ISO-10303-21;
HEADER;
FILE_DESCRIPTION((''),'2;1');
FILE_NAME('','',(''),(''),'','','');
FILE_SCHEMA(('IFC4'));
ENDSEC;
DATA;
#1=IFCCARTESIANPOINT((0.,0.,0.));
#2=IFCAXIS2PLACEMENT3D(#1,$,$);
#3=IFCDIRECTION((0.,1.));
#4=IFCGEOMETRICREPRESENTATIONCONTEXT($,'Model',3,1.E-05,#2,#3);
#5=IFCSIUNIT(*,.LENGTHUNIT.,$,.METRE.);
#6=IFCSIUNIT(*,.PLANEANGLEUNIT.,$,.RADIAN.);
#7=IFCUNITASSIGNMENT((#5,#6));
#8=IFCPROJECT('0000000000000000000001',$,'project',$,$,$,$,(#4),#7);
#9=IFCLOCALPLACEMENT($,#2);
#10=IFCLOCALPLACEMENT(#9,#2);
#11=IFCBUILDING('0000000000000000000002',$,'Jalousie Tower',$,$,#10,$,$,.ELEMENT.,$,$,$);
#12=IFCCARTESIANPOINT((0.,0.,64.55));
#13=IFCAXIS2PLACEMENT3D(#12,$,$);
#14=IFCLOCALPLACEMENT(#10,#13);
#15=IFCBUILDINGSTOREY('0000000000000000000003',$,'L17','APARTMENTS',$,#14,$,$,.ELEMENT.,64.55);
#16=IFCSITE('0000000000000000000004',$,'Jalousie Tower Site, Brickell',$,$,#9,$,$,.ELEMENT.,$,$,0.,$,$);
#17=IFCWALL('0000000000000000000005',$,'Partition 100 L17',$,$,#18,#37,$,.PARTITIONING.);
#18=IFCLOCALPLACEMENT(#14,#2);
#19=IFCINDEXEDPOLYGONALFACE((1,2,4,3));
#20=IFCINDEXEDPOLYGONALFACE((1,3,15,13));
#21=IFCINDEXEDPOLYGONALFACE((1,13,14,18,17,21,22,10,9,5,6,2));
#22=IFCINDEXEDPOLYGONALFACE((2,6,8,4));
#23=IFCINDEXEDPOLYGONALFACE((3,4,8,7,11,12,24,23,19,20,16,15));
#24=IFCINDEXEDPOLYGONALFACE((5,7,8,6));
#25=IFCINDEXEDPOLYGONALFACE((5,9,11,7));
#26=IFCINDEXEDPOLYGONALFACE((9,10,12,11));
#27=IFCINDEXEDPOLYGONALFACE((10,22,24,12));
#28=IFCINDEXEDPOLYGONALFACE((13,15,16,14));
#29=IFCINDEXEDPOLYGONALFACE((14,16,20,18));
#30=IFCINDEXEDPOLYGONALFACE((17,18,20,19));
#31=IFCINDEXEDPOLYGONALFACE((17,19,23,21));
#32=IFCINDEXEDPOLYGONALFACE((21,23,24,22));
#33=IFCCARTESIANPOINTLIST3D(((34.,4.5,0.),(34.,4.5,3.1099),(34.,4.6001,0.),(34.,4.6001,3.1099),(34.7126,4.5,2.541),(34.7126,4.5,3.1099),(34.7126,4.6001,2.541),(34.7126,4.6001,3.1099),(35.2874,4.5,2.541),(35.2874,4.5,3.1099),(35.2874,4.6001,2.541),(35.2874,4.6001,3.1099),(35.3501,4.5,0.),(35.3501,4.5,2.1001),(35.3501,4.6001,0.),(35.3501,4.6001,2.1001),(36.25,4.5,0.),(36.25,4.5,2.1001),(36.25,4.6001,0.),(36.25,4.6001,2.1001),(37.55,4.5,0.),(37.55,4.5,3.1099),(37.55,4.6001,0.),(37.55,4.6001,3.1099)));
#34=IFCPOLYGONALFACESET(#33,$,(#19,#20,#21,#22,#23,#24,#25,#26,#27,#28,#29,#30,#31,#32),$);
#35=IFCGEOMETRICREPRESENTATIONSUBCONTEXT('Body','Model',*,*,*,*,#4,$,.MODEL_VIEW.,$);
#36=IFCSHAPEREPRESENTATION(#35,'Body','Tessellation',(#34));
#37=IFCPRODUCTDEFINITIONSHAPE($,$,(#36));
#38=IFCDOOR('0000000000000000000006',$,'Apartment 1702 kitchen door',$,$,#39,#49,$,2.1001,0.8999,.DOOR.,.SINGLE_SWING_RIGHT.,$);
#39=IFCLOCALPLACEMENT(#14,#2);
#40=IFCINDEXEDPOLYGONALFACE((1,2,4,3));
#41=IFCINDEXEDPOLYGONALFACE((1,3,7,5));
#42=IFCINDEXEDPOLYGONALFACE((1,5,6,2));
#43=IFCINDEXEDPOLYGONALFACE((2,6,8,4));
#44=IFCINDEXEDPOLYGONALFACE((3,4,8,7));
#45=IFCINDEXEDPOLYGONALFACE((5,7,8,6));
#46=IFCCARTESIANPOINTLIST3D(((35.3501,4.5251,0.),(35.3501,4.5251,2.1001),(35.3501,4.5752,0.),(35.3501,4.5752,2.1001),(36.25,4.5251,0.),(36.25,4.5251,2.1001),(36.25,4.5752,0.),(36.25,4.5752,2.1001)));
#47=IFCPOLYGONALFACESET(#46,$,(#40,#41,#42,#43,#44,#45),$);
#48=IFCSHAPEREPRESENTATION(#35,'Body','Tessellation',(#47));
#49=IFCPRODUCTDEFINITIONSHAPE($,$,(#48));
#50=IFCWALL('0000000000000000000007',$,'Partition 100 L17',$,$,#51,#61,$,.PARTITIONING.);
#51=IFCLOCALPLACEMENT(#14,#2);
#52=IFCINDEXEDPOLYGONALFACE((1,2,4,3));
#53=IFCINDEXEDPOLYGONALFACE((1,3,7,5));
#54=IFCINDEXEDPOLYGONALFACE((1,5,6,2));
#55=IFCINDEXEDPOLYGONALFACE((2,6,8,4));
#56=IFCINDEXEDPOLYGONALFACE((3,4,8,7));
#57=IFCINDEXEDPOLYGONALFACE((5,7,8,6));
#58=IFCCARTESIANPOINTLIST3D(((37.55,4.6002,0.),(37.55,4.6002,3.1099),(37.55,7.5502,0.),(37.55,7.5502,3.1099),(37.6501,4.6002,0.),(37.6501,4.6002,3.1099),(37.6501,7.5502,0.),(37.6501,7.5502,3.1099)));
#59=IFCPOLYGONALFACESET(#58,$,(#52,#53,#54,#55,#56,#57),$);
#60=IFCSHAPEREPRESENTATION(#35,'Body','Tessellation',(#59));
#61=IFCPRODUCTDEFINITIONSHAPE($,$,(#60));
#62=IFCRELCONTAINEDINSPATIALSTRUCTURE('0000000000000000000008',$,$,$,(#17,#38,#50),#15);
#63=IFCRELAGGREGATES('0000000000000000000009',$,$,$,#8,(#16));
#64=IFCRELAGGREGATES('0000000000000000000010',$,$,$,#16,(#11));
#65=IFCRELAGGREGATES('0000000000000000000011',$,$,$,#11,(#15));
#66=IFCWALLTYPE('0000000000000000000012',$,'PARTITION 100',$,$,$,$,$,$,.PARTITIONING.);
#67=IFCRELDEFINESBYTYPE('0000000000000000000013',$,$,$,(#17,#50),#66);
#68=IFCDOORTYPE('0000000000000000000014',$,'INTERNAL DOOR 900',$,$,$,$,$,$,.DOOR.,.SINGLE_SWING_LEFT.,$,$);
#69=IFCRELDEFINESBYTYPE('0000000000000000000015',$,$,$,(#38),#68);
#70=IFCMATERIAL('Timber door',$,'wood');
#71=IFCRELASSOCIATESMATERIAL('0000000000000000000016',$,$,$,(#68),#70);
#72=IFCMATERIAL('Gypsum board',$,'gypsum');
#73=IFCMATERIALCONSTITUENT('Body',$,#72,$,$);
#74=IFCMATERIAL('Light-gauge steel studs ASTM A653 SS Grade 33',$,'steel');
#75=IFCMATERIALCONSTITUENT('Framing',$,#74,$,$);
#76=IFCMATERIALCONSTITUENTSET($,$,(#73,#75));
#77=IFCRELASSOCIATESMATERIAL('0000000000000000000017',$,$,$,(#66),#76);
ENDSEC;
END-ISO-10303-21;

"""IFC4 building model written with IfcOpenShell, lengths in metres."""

from ifc_helpers import new_model, si_unit, direction, frame, frame_2d, origin, place, context, subcontext, project, spatial, polyline, rectangle, outline, extrude, material, constituent, constituent_set, type_object, element, fill, save


model = new_model("IFC4")

# Units and contexts
model_context = context("Model", 3, precision=1e-05, world=origin(), true_north=direction((0.0, 1.0)))
body_context = subcontext(model_context, "Body", "Model", "MODEL_VIEW")
ifc_project = project(units=[si_unit("LENGTHUNIT", "METRE"), si_unit("PLANEANGLEUNIT", "RADIAN")], contexts=[model_context])

# Site, building, storey
site_placement = place(None, origin())
site = spatial("IfcSite", under=ifc_project, at=site_placement, Name="Jalousie Tower Site, Brickell", CompositionType="ELEMENT", RefElevation=0.0)
building_placement = place(site_placement, origin())
building = spatial("IfcBuilding", under=site, at=building_placement, Name="Jalousie Tower", CompositionType="ELEMENT")
storey_placement = place(building_placement, frame((0.0, 0.0, 64.55)))
storey = spatial("IfcBuildingStorey", under=building, at=storey_placement, Name="L17", Description="APARTMENTS", CompositionType="ELEMENT", Elevation=64.55)

# Shared definitions
ifc_material_1 = material(Name="Timber door", Category="wood")
door_type_1 = type_object("IfcDoorType", Name="INTERNAL DOOR 900", OperationType="SINGLE_SWING_LEFT", PredefinedType="DOOR", material=ifc_material_1)

# Wall, opening, door
ifc_material_2 = material(Name="Gypsum board", Category="gypsum")
ifc_constituent_1 = constituent(ifc_material_2, Name="Body")
ifc_material_3 = material(Name="Light-gauge steel studs ASTM A653 SS Grade 33", Category="steel")
ifc_constituent_2 = constituent(ifc_material_3, Name="Framing")
ifc_constituent_set_1 = constituent_set(constituents=[ifc_constituent_1, ifc_constituent_2])
wall_type_1 = type_object("IfcWallType", Name="PARTITION 100", PredefinedType="PARTITIONING", material=ifc_constituent_set_1)
wall_1_placement = place(storey_placement, frame((34.0, 4.55, 0.0), z_axis=(0.0, 0.0, 1.0), x_axis=(1.0, 0.0, 0.0)))
wall_1 = element("IfcWall", 1, at=wall_1_placement, inside=storey, type_object=wall_type_1, Name="Partition 100 L17", PredefinedType="PARTITIONING", context=body_context, shape_type="SweptSolid", body=[
    extrude(outline(polyline([(0.0, 0.0), (3.55, 0.0), (3.55, 3.1099), (1.2874, 3.1099), (1.2874, 2.541), (0.7126, 2.541), (0.7126, 3.1099), (0.0, 3.1099), (0.0, 0.0)])), frame((0.0, 0.05, 0.0), z_axis=(0.0, -1.0, 0.0), x_axis=(1.0, 0.0, 0.0)), (0.0, 0.0, 1.0), 0.1001),
])
opening_1_placement = place(wall_1_placement, frame((1.3501, 0.0, 0.0)))
opening_1 = element("IfcOpeningElement", 2, at=opening_1_placement, cuts=wall_1, PredefinedType="OPENING", context=body_context, shape_type="SweptSolid", body=[
    extrude(rectangle(XDim=0.8999, YDim=2.1001, at=frame_2d((0.45, 1.05))), frame((0.0, 0.0601, 0.0), z_axis=(0.0, -1.0, 0.0), x_axis=(1.0, 0.0, 0.0)), (0.0, 0.0, 1.0), 0.1201),
])
door_1_placement = place(opening_1_placement, frame((0.8999, 0.0, 0.0), z_axis=(0.0, 0.0, 1.0), x_axis=(-1.0, 0.0, 0.0)))
door_1 = element("IfcDoor", 3, at=door_1_placement, inside=storey, type_object=door_type_1, Name="Apartment 1702 kitchen door", OperationType="SINGLE_SWING_RIGHT", OverallHeight=2.1001, OverallWidth=0.8999, PredefinedType="DOOR", context=body_context, shape_type="SweptSolid", body=[
    extrude(rectangle(XDim=0.8999, YDim=2.1001, at=frame_2d((0.45, 1.05))), frame((0.0, 0.0249, 0.0), z_axis=(0.0, -1.0, 0.0), x_axis=(1.0, 0.0, 0.0)), (0.0, 0.0, 1.0), 0.05),
])
fill(opening_1, door_1)

# Wall
wall_2_placement = place(storey_placement, frame((37.6001, 4.6001, 0.0), z_axis=(0.0, 0.0, 1.0), x_axis=(0.0, 1.0, 0.0)))
element("IfcWall", 4, at=wall_2_placement, inside=storey, type_object=wall_type_1, Name="Partition 100 L17", PredefinedType="PARTITIONING", context=body_context, shape_type="SweptSolid", body=[
    extrude(rectangle(XDim=2.95, YDim=0.1001, at=frame_2d((1.4751, 0.0))), origin(), (0.0, 0.0, 1.0), 3.1099),
])

save(model, "model.ifc")
